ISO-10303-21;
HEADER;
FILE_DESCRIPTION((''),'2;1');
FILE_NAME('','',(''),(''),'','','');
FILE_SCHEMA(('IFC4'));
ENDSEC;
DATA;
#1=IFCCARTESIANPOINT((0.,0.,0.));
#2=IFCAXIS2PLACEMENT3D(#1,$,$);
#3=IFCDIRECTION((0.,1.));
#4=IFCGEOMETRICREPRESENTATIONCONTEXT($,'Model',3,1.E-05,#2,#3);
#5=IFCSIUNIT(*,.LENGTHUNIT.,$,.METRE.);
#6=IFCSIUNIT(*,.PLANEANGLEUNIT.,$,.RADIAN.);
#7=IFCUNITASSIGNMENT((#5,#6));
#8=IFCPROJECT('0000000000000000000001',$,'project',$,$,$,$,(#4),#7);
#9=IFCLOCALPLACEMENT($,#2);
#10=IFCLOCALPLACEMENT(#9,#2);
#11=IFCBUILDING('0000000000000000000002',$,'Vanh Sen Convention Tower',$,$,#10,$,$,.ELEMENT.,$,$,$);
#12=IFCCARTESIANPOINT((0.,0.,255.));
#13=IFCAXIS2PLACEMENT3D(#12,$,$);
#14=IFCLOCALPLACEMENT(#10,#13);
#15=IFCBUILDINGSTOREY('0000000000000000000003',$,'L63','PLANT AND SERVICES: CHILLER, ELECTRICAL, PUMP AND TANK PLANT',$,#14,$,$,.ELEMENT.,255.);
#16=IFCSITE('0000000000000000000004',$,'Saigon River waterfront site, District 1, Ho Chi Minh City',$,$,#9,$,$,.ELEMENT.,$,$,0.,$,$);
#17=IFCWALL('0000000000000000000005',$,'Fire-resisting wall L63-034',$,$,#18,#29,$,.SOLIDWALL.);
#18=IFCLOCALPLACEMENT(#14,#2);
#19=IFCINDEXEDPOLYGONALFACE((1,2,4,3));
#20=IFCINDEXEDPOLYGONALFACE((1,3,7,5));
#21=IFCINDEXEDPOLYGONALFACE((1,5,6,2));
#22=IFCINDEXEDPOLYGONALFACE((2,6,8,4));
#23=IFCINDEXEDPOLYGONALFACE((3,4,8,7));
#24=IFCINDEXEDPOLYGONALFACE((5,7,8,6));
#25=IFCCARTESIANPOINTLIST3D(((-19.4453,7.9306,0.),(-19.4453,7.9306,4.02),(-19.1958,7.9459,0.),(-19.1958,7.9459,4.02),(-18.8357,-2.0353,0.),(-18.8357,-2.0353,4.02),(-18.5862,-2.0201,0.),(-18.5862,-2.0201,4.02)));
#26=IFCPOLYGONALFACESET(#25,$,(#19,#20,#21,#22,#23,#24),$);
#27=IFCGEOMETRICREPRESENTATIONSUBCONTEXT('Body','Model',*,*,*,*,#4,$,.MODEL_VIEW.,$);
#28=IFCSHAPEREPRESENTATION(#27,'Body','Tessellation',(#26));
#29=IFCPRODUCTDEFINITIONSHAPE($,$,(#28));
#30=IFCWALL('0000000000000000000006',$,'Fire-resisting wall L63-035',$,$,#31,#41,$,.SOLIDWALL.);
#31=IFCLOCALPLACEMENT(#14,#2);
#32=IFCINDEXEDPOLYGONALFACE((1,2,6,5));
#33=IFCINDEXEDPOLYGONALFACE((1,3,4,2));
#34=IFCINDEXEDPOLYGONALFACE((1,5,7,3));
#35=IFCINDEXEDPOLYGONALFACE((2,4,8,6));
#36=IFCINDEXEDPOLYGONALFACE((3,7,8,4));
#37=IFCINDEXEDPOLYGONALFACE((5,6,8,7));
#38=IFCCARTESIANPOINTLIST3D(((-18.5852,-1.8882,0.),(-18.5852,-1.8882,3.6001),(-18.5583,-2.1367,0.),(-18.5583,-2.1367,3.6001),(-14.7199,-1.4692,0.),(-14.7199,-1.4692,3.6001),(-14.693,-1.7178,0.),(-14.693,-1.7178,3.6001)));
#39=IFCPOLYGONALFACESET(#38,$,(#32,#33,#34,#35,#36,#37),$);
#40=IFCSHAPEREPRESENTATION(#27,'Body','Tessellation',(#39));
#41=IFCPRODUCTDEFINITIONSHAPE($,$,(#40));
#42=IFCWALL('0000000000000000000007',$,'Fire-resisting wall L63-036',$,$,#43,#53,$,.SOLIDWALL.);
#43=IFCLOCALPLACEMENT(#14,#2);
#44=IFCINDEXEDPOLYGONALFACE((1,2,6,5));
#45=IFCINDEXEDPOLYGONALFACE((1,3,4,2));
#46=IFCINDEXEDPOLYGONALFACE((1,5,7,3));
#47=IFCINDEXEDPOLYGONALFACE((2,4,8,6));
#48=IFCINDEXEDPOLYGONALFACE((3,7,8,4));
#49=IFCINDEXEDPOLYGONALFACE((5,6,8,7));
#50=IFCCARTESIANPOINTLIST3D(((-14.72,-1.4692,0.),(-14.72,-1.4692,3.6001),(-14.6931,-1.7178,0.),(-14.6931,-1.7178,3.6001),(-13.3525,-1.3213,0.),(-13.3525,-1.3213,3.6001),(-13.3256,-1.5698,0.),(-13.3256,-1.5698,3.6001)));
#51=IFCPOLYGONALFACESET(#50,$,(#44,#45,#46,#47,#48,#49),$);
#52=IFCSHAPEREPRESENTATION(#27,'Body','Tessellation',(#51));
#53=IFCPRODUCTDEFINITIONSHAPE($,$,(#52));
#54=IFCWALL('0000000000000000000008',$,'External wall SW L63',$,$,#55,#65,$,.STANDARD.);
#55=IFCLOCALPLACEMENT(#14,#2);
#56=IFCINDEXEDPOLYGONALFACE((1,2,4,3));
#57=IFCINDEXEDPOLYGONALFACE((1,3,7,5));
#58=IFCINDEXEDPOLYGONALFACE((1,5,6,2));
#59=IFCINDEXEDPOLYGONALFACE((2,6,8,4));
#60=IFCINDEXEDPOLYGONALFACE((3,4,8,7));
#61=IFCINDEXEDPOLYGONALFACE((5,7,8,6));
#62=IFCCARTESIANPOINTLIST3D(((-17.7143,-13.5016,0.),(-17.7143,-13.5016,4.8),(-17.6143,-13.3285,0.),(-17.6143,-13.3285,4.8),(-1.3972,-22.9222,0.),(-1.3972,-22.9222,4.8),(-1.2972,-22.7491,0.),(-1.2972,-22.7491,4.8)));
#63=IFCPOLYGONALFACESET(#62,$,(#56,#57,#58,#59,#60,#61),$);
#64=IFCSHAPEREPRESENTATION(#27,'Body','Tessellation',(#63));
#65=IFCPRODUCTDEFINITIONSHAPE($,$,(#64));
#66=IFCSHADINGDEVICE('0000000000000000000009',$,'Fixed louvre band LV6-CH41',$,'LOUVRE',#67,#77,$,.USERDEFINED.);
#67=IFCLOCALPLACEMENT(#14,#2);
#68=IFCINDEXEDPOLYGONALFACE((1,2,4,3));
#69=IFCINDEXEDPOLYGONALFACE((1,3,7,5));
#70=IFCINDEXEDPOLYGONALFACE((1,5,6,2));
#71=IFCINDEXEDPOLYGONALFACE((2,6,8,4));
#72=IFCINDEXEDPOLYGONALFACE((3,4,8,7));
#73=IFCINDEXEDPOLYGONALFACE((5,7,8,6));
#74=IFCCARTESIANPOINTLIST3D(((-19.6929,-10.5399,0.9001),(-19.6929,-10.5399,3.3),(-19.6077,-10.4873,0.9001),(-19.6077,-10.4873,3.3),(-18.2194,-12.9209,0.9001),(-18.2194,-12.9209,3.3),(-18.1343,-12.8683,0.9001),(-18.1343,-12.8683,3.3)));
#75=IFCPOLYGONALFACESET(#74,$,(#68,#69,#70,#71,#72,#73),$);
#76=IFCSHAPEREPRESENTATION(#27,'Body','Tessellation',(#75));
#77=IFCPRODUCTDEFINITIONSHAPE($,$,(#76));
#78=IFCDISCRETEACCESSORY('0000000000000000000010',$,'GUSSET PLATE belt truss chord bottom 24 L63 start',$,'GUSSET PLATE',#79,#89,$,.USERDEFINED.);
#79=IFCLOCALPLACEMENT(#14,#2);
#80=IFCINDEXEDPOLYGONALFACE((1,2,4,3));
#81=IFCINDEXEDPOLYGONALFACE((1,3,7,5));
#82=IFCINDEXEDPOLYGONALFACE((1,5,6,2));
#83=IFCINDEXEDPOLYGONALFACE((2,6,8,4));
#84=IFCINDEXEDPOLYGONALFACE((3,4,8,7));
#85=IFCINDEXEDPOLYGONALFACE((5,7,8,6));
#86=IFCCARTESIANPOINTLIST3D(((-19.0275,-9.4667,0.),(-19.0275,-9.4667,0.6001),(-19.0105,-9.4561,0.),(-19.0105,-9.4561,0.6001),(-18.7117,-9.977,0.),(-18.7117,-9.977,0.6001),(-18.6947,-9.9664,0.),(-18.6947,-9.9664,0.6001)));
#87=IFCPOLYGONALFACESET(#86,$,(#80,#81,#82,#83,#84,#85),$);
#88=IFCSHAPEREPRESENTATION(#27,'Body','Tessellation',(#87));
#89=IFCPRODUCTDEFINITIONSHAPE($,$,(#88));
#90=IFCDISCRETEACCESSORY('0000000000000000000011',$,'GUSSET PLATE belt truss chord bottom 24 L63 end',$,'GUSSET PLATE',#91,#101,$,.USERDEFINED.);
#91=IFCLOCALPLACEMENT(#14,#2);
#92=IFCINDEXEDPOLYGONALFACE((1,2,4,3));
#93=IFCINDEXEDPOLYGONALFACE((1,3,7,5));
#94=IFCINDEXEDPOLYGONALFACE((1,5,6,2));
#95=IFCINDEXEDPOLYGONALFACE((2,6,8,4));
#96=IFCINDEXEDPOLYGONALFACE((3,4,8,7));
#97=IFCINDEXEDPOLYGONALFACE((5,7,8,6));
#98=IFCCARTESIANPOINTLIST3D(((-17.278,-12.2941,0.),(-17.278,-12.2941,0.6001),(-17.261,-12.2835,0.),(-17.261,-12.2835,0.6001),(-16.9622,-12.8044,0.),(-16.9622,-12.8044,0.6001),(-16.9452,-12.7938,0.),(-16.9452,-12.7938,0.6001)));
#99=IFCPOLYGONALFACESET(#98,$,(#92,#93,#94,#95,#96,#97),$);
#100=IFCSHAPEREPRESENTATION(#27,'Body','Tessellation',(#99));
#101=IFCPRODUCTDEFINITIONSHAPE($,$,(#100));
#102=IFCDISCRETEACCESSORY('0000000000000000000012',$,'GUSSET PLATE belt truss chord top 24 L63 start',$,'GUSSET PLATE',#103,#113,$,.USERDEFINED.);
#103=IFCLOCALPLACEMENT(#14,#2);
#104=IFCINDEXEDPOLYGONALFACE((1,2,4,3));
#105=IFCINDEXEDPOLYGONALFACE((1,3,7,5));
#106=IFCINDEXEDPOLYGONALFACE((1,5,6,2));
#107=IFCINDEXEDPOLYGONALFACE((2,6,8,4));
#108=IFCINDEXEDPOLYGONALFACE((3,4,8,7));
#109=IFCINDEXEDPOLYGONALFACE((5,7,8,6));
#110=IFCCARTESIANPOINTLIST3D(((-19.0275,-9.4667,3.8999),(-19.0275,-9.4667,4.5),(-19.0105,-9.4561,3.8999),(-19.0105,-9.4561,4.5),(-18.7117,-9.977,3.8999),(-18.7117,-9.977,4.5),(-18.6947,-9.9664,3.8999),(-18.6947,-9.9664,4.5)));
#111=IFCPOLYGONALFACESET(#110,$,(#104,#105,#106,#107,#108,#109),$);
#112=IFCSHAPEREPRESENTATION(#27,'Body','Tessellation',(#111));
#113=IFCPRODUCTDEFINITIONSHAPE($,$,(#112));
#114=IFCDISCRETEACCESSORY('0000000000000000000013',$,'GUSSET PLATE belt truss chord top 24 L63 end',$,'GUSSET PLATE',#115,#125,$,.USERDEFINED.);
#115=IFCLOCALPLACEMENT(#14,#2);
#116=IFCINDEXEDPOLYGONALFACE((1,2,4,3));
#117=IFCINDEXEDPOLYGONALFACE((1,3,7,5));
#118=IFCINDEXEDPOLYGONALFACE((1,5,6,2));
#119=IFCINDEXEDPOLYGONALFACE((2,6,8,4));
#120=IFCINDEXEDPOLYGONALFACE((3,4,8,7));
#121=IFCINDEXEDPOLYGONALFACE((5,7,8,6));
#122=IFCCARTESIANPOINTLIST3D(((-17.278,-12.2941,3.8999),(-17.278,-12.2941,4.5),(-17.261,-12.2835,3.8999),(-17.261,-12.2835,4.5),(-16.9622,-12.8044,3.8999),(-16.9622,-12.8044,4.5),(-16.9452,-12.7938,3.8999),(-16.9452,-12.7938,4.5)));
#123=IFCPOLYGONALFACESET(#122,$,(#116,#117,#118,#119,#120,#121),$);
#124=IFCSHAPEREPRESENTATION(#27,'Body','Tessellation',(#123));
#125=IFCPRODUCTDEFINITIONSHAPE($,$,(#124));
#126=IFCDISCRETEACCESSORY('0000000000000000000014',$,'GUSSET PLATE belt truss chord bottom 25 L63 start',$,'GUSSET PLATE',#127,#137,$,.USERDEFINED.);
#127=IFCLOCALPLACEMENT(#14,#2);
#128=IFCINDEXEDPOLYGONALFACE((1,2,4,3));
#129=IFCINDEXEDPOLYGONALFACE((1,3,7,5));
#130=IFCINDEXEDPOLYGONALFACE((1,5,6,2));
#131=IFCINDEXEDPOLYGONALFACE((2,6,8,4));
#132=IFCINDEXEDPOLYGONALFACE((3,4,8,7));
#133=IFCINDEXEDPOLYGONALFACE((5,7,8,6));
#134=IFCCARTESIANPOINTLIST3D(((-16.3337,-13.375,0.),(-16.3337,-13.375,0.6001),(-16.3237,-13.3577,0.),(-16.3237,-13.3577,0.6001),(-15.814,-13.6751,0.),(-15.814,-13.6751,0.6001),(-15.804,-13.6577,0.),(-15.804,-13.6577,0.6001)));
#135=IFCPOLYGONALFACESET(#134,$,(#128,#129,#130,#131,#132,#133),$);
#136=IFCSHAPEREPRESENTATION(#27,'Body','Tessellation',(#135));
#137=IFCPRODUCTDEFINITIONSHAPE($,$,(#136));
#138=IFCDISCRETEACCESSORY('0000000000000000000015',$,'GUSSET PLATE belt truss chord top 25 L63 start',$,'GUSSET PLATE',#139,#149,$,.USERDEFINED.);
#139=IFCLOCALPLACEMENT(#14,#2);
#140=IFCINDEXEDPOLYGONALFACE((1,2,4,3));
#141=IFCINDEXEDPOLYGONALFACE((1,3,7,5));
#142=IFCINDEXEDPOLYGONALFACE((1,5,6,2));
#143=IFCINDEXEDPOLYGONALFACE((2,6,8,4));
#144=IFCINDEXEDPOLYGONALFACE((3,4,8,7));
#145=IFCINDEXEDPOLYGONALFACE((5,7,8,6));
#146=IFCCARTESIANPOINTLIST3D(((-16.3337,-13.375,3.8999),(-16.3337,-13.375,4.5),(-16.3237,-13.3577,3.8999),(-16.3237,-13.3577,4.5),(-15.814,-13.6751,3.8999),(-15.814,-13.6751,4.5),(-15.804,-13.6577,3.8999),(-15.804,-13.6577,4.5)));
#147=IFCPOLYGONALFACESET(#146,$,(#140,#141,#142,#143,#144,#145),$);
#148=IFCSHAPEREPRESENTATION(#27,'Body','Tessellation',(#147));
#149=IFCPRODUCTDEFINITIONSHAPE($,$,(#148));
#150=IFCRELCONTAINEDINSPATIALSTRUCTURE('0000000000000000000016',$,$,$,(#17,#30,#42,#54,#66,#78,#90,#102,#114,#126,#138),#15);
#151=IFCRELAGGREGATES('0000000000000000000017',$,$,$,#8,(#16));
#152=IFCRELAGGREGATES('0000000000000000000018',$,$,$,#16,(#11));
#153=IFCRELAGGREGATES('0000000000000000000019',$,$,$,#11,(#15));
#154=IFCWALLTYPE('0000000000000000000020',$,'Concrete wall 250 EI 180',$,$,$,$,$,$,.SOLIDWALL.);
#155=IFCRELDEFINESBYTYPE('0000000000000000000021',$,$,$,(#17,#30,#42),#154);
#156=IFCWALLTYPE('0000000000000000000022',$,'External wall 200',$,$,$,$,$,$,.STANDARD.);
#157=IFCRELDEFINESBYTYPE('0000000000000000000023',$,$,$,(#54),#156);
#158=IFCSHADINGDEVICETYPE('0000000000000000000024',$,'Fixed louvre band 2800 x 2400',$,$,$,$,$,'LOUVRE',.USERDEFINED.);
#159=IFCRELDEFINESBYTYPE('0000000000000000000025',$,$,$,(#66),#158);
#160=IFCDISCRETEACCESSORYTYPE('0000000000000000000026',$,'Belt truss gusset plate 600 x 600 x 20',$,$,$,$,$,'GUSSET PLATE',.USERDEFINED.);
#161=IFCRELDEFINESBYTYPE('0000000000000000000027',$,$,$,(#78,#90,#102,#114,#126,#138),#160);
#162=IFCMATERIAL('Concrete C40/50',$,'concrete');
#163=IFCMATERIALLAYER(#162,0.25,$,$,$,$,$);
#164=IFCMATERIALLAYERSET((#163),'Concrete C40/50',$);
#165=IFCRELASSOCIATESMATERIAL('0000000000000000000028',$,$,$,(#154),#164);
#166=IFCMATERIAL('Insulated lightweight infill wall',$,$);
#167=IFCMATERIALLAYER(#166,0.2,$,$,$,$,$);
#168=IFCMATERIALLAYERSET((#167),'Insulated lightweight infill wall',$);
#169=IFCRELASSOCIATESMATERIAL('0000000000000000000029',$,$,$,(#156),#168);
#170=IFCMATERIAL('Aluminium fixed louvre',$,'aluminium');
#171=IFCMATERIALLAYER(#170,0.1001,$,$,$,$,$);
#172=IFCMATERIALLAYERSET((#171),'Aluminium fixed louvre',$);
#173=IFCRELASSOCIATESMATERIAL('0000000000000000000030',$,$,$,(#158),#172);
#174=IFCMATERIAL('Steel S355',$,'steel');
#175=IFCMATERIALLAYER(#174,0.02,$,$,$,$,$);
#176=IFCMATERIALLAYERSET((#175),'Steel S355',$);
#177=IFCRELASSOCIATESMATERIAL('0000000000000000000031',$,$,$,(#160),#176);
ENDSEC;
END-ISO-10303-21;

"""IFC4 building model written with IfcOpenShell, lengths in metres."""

from ifc_helpers import new_model, si_unit, direction, frame, frame_2d, origin, origin_2d, place, context, subcontext, project, spatial, rectangle, extrude, material, layer, layer_set, type_object, element, save


model = new_model("IFC4")

# Units and contexts
model_context = context("Model", 3, precision=1e-05, world=origin(), true_north=direction((0.0, 1.0)))
body_context = subcontext(model_context, "Body", "Model", "MODEL_VIEW")
ifc_project = project(units=[si_unit("LENGTHUNIT", "METRE"), si_unit("PLANEANGLEUNIT", "RADIAN")], contexts=[model_context])

# Site, building, storey
site_placement = place(None, origin())
site = spatial("IfcSite", under=ifc_project, at=site_placement, Name="Saigon River waterfront site, District 1, Ho Chi Minh City", CompositionType="ELEMENT", RefElevation=0.0)
building_placement = place(site_placement, origin())
building = spatial("IfcBuilding", under=site, at=building_placement, Name="Vanh Sen Convention Tower", CompositionType="ELEMENT")
storey_placement = place(building_placement, frame((0.0, 0.0, 255.0)))
storey = spatial("IfcBuildingStorey", under=building, at=storey_placement, Name="L63", Description="PLANT AND SERVICES: CHILLER, ELECTRICAL, PUMP AND TANK PLANT", CompositionType="ELEMENT", Elevation=255.0)

# Shared definitions
ifc_material_1 = material(Name="Steel S355", Category="steel")

# Walls
ifc_material_2 = material(Name="Concrete C40/50", Category="concrete")
ifc_layer_1 = layer(ifc_material_2, 0.25)
ifc_layer_set_1 = layer_set([ifc_layer_1], Name="Concrete C40/50")
wall_type_1 = type_object("IfcWallType", Name="Concrete wall 250 EI 180", PredefinedType="SOLIDWALL", material=ifc_layer_set_1)
wall_1_placement = place(storey_placement, frame((-18.7109, -2.0276, 0.0), z_axis=(0.0, 0.0, 1.0), x_axis=(-0.061055, 0.998134, 0.0)))
element("IfcWall", 1, at=wall_1_placement, inside=storey, type_object=wall_type_1, Name="Fire-resisting wall L63-034", PredefinedType="SOLIDWALL", context=body_context, shape_type="SweptSolid", body=[
    extrude(rectangle(XDim=9.9846, YDim=0.25, at=frame_2d((4.9922, 0.0))), origin(), (0.0, 0.0, 1.0), 4.02),
])
wall_2_placement = place(storey_placement, frame((-14.7065, -1.5935, 0.0), z_axis=(0.0, 0.0, 1.0), x_axis=(-0.994177, -0.107757, 0.0)))
element("IfcWall", 2, at=wall_2_placement, inside=storey, type_object=wall_type_1, Name="Fire-resisting wall L63-035", PredefinedType="SOLIDWALL", context=body_context, shape_type="SweptSolid", body=[
    extrude(rectangle(XDim=3.8879, YDim=0.25, at=frame_2d((1.9438, 0.0))), origin(), (0.0, 0.0, 1.0), 3.6001),
])
wall_3_placement = place(storey_placement, frame((-14.7065, -1.5935, 0.0), z_axis=(0.0, 0.0, 1.0), x_axis=(0.994198, 0.107567, 0.0)))
element("IfcWall", 3, at=wall_3_placement, inside=storey, type_object=wall_type_1, Name="Fire-resisting wall L63-036", PredefinedType="SOLIDWALL", context=body_context, shape_type="SweptSolid", body=[
    extrude(rectangle(XDim=1.3755, YDim=0.25, at=frame_2d((0.6877, 0.0))), origin(), (0.0, 0.0, 1.0), 3.6001),
])
ifc_material_3 = material(Name="Insulated lightweight infill wall")
ifc_layer_2 = layer(ifc_material_3, 0.2)
ifc_layer_set_2 = layer_set([ifc_layer_2], Name="Insulated lightweight infill wall")
wall_type_2 = type_object("IfcWallType", Name="External wall 200", PredefinedType="STANDARD", material=ifc_layer_set_2)
wall_4_placement = place(storey_placement, frame((-17.6643, -13.415, 0.0), z_axis=(0.0, 0.0, 1.0), x_axis=(0.866027, -0.499998, 0.0)))
element("IfcWall", 4, at=wall_4_placement, inside=storey, type_object=wall_type_2, Name="External wall SW L63", PredefinedType="STANDARD", context=body_context, shape_type="SweptSolid", body=[
    extrude(rectangle(XDim=18.8413, YDim=0.2, at=frame_2d((9.4207, 0.0))), origin(), (0.0, 0.0, 1.0), 4.8),
])

# Shading device
ifc_material_4 = material(Name="Aluminium fixed louvre", Category="aluminium")
ifc_layer_3 = layer(ifc_material_4, 0.1001)
ifc_layer_set_3 = layer_set([ifc_layer_3], Name="Aluminium fixed louvre")
shading_device_type = type_object("IfcShadingDeviceType", Name="Fixed louvre band 2800 x 2400", ElementType="LOUVRE", PredefinedType="USERDEFINED", material=ifc_layer_set_3)
shading_device_placement = place(storey_placement, frame((-18.9136, -11.7041, 0.9001), z_axis=(0.0, 0.0, 1.0), x_axis=(0.526226, -0.850345, 0.0)))
element("IfcShadingDevice", 5, at=shading_device_placement, inside=storey, type_object=shading_device_type, Name="Fixed louvre band LV6-CH41", ObjectType="LOUVRE", PredefinedType="USERDEFINED", context=body_context, shape_type="SweptSolid", body=[
    extrude(rectangle(XDim=2.8, YDim=0.1001, at=origin_2d()), origin(), (0.0, 0.0, 1.0), 2.3999),
])

# Discrete accessories
ifc_layer_4 = layer(ifc_material_1, 0.02)
ifc_layer_set_4 = layer_set([ifc_layer_4], Name="Steel S355")
discrete_accessory_type = type_object("IfcDiscreteAccessoryType", Name="Belt truss gusset plate 600 x 600 x 20", ElementType="GUSSET PLATE", PredefinedType="USERDEFINED", material=ifc_layer_set_4)
for number, where, z_axis, x_axis, name in (
    (6, (-18.8611, -9.7166, 0.0), (0.0, 0.0, 1.0), (0.526215, -0.850351, 0.0), "GUSSET PLATE belt truss chord bottom 24 L63 start"),
    (7, (-17.1116, -12.5439, 0.0), (0.0, 0.0, 1.0), (-0.526215, 0.850351, 0.0), "GUSSET PLATE belt truss chord bottom 24 L63 end"),
    (8, (-18.8611, -9.7166, 3.8999), (0.0, 0.0, 1.0), (0.526215, -0.850351, 0.0), "GUSSET PLATE belt truss chord top 24 L63 start"),
    (9, (-17.1116, -12.5439, 3.8999), (0.0, 0.0, 1.0), (-0.526215, 0.850351, 0.0), "GUSSET PLATE belt truss chord top 24 L63 end"),
    (10, (-16.0688, -13.5164, 0.0), (0.0, 0.0, 1.0), (0.866026, -0.499998, 0.0), "GUSSET PLATE belt truss chord bottom 25 L63 start"),
    (11, (-16.0688, -13.5164, 3.8999), (0.0, 0.0, 1.0), (0.866026, -0.499998, 0.0), "GUSSET PLATE belt truss chord top 25 L63 start"),
):
    element("IfcDiscreteAccessory", number, at=place(storey_placement, frame(where, z_axis=z_axis, x_axis=x_axis)), inside=storey, type_object=discrete_accessory_type, Name=name, ObjectType="GUSSET PLATE", PredefinedType="USERDEFINED", context=body_context, shape_type="SweptSolid", body=[
        extrude(rectangle(XDim=0.6001, YDim=0.02, at=origin_2d()), origin(), (0.0, 0.0, 1.0), 0.6001),
    ])

save(model, "model.ifc")
